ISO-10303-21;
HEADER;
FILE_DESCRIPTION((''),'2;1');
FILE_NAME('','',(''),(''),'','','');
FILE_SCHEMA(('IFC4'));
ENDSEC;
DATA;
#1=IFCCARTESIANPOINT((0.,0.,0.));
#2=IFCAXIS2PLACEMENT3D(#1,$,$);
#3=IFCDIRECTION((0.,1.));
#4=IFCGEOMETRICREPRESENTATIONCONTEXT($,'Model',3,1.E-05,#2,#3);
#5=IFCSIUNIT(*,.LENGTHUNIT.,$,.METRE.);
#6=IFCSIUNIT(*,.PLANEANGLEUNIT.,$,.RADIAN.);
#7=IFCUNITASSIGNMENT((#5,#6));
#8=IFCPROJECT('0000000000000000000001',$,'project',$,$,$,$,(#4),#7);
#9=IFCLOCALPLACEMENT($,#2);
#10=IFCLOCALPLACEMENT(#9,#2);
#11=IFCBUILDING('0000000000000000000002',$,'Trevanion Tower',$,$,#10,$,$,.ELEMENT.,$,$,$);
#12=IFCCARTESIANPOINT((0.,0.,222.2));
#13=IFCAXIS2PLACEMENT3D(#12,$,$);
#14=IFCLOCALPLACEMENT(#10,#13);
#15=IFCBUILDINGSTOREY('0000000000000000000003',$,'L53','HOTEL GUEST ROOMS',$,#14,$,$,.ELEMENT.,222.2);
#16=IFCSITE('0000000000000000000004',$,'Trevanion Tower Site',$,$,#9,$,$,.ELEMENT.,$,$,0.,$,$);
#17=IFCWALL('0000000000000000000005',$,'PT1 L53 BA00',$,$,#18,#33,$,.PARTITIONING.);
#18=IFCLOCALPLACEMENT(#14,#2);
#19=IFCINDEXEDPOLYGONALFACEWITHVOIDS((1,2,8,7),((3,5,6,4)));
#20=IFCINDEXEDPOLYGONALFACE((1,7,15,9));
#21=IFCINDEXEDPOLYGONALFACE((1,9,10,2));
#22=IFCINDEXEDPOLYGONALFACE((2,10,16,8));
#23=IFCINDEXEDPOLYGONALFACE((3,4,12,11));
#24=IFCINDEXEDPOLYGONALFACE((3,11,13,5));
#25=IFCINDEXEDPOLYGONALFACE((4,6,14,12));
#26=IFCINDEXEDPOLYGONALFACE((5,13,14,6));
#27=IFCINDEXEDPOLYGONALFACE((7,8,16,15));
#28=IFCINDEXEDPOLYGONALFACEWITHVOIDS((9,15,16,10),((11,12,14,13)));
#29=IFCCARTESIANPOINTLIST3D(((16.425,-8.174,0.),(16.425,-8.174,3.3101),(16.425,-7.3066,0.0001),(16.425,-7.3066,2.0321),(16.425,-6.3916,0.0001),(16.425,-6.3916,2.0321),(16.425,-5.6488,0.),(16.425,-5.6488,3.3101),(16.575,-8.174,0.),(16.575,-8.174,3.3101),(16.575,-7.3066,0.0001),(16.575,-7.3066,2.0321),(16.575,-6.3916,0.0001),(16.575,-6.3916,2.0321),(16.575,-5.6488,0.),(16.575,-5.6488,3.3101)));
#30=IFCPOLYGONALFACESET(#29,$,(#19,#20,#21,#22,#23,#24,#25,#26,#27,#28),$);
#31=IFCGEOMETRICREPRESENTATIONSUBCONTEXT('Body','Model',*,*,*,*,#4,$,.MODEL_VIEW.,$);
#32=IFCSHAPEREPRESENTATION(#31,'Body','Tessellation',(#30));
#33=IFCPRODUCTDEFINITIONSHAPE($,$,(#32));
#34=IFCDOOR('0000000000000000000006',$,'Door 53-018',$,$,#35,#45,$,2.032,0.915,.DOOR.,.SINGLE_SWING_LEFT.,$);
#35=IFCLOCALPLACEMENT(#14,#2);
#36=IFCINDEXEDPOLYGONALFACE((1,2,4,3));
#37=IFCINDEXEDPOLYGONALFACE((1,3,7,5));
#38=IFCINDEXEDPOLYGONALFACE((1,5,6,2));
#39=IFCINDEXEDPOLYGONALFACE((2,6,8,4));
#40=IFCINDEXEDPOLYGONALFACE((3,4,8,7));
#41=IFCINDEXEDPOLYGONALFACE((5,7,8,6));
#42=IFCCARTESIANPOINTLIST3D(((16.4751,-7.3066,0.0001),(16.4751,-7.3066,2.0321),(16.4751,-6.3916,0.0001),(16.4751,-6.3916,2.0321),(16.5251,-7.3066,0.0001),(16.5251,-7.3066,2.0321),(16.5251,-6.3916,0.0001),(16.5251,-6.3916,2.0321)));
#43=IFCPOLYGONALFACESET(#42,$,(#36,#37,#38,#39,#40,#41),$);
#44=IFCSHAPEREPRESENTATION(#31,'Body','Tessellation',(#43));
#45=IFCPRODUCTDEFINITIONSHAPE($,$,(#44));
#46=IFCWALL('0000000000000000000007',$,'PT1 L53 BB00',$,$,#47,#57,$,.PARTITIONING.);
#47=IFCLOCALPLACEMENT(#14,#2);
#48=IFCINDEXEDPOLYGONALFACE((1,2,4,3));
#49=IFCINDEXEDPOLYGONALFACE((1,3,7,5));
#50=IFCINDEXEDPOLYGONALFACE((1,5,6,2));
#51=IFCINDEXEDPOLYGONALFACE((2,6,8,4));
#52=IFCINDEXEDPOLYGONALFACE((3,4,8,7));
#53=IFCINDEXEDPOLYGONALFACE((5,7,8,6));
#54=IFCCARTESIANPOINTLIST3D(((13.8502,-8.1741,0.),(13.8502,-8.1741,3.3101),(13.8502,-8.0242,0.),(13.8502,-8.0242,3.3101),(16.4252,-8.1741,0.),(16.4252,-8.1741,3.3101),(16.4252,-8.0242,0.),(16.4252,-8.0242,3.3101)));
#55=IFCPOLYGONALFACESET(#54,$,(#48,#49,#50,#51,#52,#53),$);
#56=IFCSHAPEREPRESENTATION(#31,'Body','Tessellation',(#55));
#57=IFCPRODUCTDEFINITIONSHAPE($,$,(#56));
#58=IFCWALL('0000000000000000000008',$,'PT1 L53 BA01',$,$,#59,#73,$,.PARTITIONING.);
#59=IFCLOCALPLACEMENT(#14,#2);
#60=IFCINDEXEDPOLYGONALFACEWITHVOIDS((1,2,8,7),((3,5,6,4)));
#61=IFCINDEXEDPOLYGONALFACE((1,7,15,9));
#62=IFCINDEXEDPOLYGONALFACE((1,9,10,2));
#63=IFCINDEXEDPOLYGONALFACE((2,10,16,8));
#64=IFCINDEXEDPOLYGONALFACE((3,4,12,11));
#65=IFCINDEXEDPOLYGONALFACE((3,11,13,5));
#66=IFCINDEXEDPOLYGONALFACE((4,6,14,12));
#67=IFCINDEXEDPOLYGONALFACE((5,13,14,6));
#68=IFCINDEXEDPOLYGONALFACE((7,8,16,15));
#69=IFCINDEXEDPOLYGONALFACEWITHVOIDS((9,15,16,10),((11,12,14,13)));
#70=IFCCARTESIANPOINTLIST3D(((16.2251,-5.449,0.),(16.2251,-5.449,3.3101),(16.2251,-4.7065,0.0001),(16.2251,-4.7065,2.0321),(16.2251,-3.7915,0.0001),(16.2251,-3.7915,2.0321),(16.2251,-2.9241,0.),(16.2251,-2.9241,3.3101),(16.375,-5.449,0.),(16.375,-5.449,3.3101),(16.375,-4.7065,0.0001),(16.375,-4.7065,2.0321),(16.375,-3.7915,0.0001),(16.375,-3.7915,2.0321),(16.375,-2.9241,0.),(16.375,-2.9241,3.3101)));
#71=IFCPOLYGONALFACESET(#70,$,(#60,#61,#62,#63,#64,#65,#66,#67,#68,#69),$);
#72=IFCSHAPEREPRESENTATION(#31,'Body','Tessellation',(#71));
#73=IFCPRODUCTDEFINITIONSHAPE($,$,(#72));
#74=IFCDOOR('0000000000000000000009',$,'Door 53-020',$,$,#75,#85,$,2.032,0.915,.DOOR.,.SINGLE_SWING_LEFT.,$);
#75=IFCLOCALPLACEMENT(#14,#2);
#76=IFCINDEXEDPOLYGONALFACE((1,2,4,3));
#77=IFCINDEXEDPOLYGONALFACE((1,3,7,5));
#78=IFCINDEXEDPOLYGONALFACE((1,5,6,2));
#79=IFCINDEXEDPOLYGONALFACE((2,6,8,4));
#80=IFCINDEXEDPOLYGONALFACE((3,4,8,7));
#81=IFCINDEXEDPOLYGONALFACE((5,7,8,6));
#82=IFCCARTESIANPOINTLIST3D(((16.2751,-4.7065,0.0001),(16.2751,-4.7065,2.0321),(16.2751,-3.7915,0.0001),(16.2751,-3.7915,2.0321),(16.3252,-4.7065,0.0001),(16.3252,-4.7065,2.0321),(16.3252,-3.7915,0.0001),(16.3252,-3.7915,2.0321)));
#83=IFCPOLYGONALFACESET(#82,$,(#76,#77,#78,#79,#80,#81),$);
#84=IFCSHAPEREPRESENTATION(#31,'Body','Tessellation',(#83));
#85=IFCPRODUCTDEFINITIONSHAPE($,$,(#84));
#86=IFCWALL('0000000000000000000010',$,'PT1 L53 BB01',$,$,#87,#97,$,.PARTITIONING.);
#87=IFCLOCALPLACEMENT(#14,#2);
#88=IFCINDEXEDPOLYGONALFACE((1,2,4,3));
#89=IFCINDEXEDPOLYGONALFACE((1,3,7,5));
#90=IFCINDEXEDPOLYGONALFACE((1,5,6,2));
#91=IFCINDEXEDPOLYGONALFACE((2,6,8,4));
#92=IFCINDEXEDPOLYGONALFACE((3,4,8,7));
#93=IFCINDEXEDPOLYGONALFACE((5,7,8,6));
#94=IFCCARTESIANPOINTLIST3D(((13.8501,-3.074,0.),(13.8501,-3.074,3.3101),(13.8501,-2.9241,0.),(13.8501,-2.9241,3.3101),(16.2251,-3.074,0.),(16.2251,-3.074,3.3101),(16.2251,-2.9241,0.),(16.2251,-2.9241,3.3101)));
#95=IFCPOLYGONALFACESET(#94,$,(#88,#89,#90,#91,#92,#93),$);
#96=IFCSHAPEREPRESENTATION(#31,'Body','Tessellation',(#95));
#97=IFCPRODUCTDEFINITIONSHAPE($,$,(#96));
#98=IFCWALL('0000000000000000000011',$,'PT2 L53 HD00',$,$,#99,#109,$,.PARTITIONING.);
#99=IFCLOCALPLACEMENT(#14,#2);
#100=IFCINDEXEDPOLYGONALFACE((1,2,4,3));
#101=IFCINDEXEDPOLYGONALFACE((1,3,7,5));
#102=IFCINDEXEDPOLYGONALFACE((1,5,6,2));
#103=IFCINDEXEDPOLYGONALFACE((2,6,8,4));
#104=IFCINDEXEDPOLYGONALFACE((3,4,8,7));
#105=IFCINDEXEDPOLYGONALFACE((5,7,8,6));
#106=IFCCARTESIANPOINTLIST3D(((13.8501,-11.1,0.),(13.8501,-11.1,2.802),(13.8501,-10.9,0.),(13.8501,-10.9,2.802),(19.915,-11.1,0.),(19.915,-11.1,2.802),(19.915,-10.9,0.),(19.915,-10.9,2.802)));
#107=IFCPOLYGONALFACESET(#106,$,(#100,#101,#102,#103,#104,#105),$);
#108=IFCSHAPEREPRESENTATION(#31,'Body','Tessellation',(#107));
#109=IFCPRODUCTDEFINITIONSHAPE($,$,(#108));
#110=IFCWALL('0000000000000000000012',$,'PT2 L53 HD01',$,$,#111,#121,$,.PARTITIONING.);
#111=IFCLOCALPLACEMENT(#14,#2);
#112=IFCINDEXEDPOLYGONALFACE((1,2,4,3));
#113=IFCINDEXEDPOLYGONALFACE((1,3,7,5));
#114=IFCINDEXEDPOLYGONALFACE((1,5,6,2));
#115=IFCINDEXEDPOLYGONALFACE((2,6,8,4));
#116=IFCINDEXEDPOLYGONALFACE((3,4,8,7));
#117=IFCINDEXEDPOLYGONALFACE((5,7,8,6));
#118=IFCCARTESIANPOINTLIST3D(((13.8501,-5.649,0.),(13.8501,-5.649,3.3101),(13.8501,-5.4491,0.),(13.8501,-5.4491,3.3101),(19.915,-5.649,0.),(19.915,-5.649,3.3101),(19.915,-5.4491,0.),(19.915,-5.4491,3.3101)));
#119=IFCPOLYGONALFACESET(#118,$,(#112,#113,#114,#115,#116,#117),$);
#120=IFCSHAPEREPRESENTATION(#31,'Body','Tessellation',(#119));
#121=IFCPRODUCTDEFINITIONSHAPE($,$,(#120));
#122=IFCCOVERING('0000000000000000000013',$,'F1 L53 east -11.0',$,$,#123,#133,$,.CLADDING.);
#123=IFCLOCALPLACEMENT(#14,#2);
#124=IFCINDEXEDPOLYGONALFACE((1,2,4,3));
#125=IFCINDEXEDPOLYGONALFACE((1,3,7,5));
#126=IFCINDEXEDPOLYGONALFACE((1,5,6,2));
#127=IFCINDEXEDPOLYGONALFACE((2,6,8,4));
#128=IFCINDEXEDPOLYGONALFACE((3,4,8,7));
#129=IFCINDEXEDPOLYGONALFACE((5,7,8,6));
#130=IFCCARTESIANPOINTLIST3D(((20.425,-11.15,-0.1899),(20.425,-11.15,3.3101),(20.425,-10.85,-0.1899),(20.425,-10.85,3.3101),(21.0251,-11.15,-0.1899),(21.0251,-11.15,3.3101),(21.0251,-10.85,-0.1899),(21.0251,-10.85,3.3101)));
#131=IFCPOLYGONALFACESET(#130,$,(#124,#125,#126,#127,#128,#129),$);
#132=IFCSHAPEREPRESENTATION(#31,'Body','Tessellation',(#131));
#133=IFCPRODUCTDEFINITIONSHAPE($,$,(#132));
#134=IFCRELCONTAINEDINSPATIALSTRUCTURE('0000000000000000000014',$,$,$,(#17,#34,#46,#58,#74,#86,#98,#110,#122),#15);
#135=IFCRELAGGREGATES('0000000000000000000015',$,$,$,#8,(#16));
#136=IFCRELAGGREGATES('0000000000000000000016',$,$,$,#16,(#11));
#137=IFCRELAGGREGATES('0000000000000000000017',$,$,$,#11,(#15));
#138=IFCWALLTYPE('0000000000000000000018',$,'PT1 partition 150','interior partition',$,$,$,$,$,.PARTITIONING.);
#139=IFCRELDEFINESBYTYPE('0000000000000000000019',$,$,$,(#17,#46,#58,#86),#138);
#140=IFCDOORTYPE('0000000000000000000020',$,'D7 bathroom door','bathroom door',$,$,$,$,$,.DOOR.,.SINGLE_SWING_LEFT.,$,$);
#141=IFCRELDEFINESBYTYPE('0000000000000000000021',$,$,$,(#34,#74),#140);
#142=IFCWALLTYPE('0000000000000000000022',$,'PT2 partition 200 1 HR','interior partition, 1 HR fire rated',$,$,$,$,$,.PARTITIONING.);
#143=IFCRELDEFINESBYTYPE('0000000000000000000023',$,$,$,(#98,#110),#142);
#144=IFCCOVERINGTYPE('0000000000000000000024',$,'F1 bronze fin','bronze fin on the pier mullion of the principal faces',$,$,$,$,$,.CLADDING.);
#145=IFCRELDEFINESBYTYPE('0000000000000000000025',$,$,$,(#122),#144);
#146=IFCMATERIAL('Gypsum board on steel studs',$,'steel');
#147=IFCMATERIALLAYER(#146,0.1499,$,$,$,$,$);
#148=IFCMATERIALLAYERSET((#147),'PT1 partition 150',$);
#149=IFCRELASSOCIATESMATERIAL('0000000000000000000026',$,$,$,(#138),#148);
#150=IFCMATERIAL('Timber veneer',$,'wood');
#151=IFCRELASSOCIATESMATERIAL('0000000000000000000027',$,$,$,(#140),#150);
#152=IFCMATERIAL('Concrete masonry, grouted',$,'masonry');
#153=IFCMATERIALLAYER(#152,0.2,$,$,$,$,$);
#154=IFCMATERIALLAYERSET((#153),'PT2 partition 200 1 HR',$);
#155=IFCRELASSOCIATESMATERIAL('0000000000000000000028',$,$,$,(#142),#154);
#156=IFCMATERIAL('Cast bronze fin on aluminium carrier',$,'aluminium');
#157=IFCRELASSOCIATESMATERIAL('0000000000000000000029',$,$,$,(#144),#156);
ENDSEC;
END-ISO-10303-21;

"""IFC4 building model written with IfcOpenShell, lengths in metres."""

from ifc_helpers import new_model, si_unit, direction, frame, frame_2d, origin, origin_2d, place, context, subcontext, project, spatial, rectangle, extrude, material, layer, layer_set, type_object, element, fill, save


model = new_model("IFC4")

# Units and contexts
model_context = context("Model", 3, precision=1e-05, world=origin(), true_north=direction((0.0, 1.0)))
body_context = subcontext(model_context, "Body", "Model", "MODEL_VIEW")
ifc_project = project(units=[si_unit("LENGTHUNIT", "METRE"), si_unit("PLANEANGLEUNIT", "RADIAN")], contexts=[model_context])

# Site, building, storey
site_placement = place(None, origin())
site = spatial("IfcSite", under=ifc_project, at=site_placement, Name="Trevanion Tower Site", CompositionType="ELEMENT", RefElevation=0.0)
building_placement = place(site_placement, origin())
building = spatial("IfcBuilding", under=site, at=building_placement, Name="Trevanion Tower", CompositionType="ELEMENT")
storey_placement = place(building_placement, frame((0.0, 0.0, 222.2)))
storey = spatial("IfcBuildingStorey", under=building, at=storey_placement, Name="L53", Description="HOTEL GUEST ROOMS", CompositionType="ELEMENT", Elevation=222.2)

# Wall, opening, door
ifc_material_1 = material(Name="Gypsum board on steel studs", Category="steel")
ifc_layer_1 = layer(ifc_material_1, 0.1499)
ifc_layer_set_1 = layer_set([ifc_layer_1], Name="PT1 partition 150")
wall_type_1 = type_object("IfcWallType", Name="PT1 partition 150", Description="interior partition", PredefinedType="PARTITIONING", material=ifc_layer_set_1)
wall_1_placement = place(storey_placement, frame((16.5, -8.1741, 0.0), z_axis=(0.0, 0.0, 1.0), x_axis=(0.0, 1.0, 0.0)))
wall_1 = element("IfcWall", 1, at=wall_1_placement, inside=storey, type_object=wall_type_1, Name="PT1 L53 BA00", PredefinedType="PARTITIONING", context=body_context, shape_type="SweptSolid", body=[
    extrude(rectangle(XDim=2.5251, YDim=0.1499, at=frame_2d((1.2627, 0.0))), origin(), (0.0, 0.0, 1.0), 3.3101),
])
opening_1_placement = place(wall_1_placement, frame((0.8674, 0.0, 0.0)))
opening_1 = element("IfcOpeningElement", 2, at=opening_1_placement, cuts=wall_1, PredefinedType="OPENING", context=body_context, shape_type="SweptSolid", body=[
    extrude(rectangle(XDim=0.915, YDim=2.032, at=frame_2d((0.4575, 1.0161))), frame((0.0, 0.085, 0.0), z_axis=(0.0, -1.0, 0.0), x_axis=(1.0, 0.0, 0.0)), (0.0, 0.0, 1.0), 0.1699),
])
ifc_material_2 = material(Name="Timber veneer", Category="wood")
door_type = type_object("IfcDoorType", Name="D7 bathroom door", Description="bathroom door", OperationType="SINGLE_SWING_LEFT", PredefinedType="DOOR", material=ifc_material_2)
door_1_placement = place(opening_1_placement, origin())
door_1 = element("IfcDoor", 3, at=door_1_placement, inside=storey, type_object=door_type, Name="Door 53-018", OperationType="SINGLE_SWING_LEFT", OverallHeight=2.032, OverallWidth=0.915, PredefinedType="DOOR", context=body_context, shape_type="SweptSolid", body=[
    extrude(rectangle(XDim=0.915, YDim=2.032, at=frame_2d((0.4575, 1.0161))), frame((0.0, 0.0249, 0.0), z_axis=(0.0, -1.0, 0.0), x_axis=(1.0, 0.0, 0.0)), (0.0, 0.0, 1.0), 0.05),
])
fill(opening_1, door_1)

# Wall
wall_2_placement = place(storey_placement, frame((13.8501, -8.0991, 0.0), z_axis=(0.0, 0.0, 1.0), x_axis=(1.0, 0.0, 0.0)))
element("IfcWall", 4, at=wall_2_placement, inside=storey, type_object=wall_type_1, Name="PT1 L53 BB00", PredefinedType="PARTITIONING", context=body_context, shape_type="SweptSolid", body=[
    extrude(rectangle(XDim=2.575, YDim=0.1499, at=frame_2d((1.2876, 0.0))), origin(), (0.0, 0.0, 1.0), 3.3101),
])

# Wall, opening, door
wall_3_placement = place(storey_placement, frame((16.3, -5.449, 0.0), z_axis=(0.0, 0.0, 1.0), x_axis=(0.0, 1.0, 0.0)))
wall_3 = element("IfcWall", 5, at=wall_3_placement, inside=storey, type_object=wall_type_1, Name="PT1 L53 BA01", PredefinedType="PARTITIONING", context=body_context, shape_type="SweptSolid", body=[
    extrude(rectangle(XDim=2.5249, YDim=0.1499, at=frame_2d((1.2625, 0.0))), origin(), (0.0, 0.0, 1.0), 3.3101),
])
opening_2_placement = place(wall_3_placement, frame((0.7424, 0.0, 0.0)))
opening_2 = element("IfcOpeningElement", 6, at=opening_2_placement, cuts=wall_3, PredefinedType="OPENING", context=body_context, shape_type="SweptSolid", body=[
    extrude(rectangle(XDim=0.915, YDim=2.032, at=frame_2d((0.4575, 1.0161))), frame((0.0, 0.085, 0.0), z_axis=(0.0, -1.0, 0.0), x_axis=(1.0, 0.0, 0.0)), (0.0, 0.0, 1.0), 0.1699),
])
door_2_placement = place(opening_2_placement, origin())
door_2 = element("IfcDoor", 7, at=door_2_placement, inside=storey, type_object=door_type, Name="Door 53-020", OperationType="SINGLE_SWING_LEFT", OverallHeight=2.032, OverallWidth=0.915, PredefinedType="DOOR", context=body_context, shape_type="SweptSolid", body=[
    extrude(rectangle(XDim=0.915, YDim=2.032, at=frame_2d((0.4575, 1.0161))), frame((0.0, 0.0249, 0.0), z_axis=(0.0, -1.0, 0.0), x_axis=(1.0, 0.0, 0.0)), (0.0, 0.0, 1.0), 0.05),
])
fill(opening_2, door_2)

# Walls
wall_4_placement = place(storey_placement, frame((13.8501, -2.999, 0.0), z_axis=(0.0, 0.0, 1.0), x_axis=(1.0, 0.0, 0.0)))
element("IfcWall", 8, at=wall_4_placement, inside=storey, type_object=wall_type_1, Name="PT1 L53 BB01", PredefinedType="PARTITIONING", context=body_context, shape_type="SweptSolid", body=[
    extrude(rectangle(XDim=2.375, YDim=0.1499, at=frame_2d((1.1875, 0.0))), origin(), (0.0, 0.0, 1.0), 3.3101),
])
ifc_material_3 = material(Name="Concrete masonry, grouted", Category="masonry")
ifc_layer_2 = layer(ifc_material_3, 0.2)
ifc_layer_set_2 = layer_set([ifc_layer_2], Name="PT2 partition 200 1 HR")
wall_type_2 = type_object("IfcWallType", Name="PT2 partition 200 1 HR", Description="interior partition, 1 HR fire rated", PredefinedType="PARTITIONING", material=ifc_layer_set_2)
wall_5_placement = place(storey_placement, frame((13.8501, -11.0, 0.0), z_axis=(0.0, 0.0, 1.0), x_axis=(1.0, 0.0, 0.0)))
element("IfcWall", 9, at=wall_5_placement, inside=storey, type_object=wall_type_2, Name="PT2 L53 HD00", PredefinedType="PARTITIONING", context=body_context, shape_type="SweptSolid", body=[
    extrude(rectangle(XDim=6.0649, YDim=0.2, at=frame_2d((3.0325, 0.0))), origin(), (0.0, 0.0, 1.0), 2.802),
])
wall_6_placement = place(storey_placement, frame((13.8501, -5.5491, 0.0), z_axis=(0.0, 0.0, 1.0), x_axis=(1.0, 0.0, 0.0)))
element("IfcWall", 10, at=wall_6_placement, inside=storey, type_object=wall_type_2, Name="PT2 L53 HD01", PredefinedType="PARTITIONING", context=body_context, shape_type="SweptSolid", body=[
    extrude(rectangle(XDim=6.0649, YDim=0.2, at=frame_2d((3.0325, 0.0))), origin(), (0.0, 0.0, 1.0), 3.3101),
])

# Covering
ifc_material_4 = material(Name="Cast bronze fin on aluminium carrier", Category="aluminium")
covering_type = type_object("IfcCoveringType", Name="F1 bronze fin", Description="bronze fin on the pier mullion of the principal faces", PredefinedType="CLADDING", material=ifc_material_4)
covering_placement = place(storey_placement, frame((20.7251, -11.0, -0.1899), z_axis=(0.0, 0.0, 1.0), x_axis=(0.0, 1.0, 0.0)))
element("IfcCovering", 11, at=covering_placement, inside=storey, type_object=covering_type, Name="F1 L53 east -11.0", PredefinedType="CLADDING", context=body_context, shape_type="SweptSolid", body=[
    extrude(rectangle(XDim=0.3, YDim=0.6001, at=origin_2d()), origin(), (0.0, 0.0, 1.0), 3.5),
])

save(model, "model.ifc")
